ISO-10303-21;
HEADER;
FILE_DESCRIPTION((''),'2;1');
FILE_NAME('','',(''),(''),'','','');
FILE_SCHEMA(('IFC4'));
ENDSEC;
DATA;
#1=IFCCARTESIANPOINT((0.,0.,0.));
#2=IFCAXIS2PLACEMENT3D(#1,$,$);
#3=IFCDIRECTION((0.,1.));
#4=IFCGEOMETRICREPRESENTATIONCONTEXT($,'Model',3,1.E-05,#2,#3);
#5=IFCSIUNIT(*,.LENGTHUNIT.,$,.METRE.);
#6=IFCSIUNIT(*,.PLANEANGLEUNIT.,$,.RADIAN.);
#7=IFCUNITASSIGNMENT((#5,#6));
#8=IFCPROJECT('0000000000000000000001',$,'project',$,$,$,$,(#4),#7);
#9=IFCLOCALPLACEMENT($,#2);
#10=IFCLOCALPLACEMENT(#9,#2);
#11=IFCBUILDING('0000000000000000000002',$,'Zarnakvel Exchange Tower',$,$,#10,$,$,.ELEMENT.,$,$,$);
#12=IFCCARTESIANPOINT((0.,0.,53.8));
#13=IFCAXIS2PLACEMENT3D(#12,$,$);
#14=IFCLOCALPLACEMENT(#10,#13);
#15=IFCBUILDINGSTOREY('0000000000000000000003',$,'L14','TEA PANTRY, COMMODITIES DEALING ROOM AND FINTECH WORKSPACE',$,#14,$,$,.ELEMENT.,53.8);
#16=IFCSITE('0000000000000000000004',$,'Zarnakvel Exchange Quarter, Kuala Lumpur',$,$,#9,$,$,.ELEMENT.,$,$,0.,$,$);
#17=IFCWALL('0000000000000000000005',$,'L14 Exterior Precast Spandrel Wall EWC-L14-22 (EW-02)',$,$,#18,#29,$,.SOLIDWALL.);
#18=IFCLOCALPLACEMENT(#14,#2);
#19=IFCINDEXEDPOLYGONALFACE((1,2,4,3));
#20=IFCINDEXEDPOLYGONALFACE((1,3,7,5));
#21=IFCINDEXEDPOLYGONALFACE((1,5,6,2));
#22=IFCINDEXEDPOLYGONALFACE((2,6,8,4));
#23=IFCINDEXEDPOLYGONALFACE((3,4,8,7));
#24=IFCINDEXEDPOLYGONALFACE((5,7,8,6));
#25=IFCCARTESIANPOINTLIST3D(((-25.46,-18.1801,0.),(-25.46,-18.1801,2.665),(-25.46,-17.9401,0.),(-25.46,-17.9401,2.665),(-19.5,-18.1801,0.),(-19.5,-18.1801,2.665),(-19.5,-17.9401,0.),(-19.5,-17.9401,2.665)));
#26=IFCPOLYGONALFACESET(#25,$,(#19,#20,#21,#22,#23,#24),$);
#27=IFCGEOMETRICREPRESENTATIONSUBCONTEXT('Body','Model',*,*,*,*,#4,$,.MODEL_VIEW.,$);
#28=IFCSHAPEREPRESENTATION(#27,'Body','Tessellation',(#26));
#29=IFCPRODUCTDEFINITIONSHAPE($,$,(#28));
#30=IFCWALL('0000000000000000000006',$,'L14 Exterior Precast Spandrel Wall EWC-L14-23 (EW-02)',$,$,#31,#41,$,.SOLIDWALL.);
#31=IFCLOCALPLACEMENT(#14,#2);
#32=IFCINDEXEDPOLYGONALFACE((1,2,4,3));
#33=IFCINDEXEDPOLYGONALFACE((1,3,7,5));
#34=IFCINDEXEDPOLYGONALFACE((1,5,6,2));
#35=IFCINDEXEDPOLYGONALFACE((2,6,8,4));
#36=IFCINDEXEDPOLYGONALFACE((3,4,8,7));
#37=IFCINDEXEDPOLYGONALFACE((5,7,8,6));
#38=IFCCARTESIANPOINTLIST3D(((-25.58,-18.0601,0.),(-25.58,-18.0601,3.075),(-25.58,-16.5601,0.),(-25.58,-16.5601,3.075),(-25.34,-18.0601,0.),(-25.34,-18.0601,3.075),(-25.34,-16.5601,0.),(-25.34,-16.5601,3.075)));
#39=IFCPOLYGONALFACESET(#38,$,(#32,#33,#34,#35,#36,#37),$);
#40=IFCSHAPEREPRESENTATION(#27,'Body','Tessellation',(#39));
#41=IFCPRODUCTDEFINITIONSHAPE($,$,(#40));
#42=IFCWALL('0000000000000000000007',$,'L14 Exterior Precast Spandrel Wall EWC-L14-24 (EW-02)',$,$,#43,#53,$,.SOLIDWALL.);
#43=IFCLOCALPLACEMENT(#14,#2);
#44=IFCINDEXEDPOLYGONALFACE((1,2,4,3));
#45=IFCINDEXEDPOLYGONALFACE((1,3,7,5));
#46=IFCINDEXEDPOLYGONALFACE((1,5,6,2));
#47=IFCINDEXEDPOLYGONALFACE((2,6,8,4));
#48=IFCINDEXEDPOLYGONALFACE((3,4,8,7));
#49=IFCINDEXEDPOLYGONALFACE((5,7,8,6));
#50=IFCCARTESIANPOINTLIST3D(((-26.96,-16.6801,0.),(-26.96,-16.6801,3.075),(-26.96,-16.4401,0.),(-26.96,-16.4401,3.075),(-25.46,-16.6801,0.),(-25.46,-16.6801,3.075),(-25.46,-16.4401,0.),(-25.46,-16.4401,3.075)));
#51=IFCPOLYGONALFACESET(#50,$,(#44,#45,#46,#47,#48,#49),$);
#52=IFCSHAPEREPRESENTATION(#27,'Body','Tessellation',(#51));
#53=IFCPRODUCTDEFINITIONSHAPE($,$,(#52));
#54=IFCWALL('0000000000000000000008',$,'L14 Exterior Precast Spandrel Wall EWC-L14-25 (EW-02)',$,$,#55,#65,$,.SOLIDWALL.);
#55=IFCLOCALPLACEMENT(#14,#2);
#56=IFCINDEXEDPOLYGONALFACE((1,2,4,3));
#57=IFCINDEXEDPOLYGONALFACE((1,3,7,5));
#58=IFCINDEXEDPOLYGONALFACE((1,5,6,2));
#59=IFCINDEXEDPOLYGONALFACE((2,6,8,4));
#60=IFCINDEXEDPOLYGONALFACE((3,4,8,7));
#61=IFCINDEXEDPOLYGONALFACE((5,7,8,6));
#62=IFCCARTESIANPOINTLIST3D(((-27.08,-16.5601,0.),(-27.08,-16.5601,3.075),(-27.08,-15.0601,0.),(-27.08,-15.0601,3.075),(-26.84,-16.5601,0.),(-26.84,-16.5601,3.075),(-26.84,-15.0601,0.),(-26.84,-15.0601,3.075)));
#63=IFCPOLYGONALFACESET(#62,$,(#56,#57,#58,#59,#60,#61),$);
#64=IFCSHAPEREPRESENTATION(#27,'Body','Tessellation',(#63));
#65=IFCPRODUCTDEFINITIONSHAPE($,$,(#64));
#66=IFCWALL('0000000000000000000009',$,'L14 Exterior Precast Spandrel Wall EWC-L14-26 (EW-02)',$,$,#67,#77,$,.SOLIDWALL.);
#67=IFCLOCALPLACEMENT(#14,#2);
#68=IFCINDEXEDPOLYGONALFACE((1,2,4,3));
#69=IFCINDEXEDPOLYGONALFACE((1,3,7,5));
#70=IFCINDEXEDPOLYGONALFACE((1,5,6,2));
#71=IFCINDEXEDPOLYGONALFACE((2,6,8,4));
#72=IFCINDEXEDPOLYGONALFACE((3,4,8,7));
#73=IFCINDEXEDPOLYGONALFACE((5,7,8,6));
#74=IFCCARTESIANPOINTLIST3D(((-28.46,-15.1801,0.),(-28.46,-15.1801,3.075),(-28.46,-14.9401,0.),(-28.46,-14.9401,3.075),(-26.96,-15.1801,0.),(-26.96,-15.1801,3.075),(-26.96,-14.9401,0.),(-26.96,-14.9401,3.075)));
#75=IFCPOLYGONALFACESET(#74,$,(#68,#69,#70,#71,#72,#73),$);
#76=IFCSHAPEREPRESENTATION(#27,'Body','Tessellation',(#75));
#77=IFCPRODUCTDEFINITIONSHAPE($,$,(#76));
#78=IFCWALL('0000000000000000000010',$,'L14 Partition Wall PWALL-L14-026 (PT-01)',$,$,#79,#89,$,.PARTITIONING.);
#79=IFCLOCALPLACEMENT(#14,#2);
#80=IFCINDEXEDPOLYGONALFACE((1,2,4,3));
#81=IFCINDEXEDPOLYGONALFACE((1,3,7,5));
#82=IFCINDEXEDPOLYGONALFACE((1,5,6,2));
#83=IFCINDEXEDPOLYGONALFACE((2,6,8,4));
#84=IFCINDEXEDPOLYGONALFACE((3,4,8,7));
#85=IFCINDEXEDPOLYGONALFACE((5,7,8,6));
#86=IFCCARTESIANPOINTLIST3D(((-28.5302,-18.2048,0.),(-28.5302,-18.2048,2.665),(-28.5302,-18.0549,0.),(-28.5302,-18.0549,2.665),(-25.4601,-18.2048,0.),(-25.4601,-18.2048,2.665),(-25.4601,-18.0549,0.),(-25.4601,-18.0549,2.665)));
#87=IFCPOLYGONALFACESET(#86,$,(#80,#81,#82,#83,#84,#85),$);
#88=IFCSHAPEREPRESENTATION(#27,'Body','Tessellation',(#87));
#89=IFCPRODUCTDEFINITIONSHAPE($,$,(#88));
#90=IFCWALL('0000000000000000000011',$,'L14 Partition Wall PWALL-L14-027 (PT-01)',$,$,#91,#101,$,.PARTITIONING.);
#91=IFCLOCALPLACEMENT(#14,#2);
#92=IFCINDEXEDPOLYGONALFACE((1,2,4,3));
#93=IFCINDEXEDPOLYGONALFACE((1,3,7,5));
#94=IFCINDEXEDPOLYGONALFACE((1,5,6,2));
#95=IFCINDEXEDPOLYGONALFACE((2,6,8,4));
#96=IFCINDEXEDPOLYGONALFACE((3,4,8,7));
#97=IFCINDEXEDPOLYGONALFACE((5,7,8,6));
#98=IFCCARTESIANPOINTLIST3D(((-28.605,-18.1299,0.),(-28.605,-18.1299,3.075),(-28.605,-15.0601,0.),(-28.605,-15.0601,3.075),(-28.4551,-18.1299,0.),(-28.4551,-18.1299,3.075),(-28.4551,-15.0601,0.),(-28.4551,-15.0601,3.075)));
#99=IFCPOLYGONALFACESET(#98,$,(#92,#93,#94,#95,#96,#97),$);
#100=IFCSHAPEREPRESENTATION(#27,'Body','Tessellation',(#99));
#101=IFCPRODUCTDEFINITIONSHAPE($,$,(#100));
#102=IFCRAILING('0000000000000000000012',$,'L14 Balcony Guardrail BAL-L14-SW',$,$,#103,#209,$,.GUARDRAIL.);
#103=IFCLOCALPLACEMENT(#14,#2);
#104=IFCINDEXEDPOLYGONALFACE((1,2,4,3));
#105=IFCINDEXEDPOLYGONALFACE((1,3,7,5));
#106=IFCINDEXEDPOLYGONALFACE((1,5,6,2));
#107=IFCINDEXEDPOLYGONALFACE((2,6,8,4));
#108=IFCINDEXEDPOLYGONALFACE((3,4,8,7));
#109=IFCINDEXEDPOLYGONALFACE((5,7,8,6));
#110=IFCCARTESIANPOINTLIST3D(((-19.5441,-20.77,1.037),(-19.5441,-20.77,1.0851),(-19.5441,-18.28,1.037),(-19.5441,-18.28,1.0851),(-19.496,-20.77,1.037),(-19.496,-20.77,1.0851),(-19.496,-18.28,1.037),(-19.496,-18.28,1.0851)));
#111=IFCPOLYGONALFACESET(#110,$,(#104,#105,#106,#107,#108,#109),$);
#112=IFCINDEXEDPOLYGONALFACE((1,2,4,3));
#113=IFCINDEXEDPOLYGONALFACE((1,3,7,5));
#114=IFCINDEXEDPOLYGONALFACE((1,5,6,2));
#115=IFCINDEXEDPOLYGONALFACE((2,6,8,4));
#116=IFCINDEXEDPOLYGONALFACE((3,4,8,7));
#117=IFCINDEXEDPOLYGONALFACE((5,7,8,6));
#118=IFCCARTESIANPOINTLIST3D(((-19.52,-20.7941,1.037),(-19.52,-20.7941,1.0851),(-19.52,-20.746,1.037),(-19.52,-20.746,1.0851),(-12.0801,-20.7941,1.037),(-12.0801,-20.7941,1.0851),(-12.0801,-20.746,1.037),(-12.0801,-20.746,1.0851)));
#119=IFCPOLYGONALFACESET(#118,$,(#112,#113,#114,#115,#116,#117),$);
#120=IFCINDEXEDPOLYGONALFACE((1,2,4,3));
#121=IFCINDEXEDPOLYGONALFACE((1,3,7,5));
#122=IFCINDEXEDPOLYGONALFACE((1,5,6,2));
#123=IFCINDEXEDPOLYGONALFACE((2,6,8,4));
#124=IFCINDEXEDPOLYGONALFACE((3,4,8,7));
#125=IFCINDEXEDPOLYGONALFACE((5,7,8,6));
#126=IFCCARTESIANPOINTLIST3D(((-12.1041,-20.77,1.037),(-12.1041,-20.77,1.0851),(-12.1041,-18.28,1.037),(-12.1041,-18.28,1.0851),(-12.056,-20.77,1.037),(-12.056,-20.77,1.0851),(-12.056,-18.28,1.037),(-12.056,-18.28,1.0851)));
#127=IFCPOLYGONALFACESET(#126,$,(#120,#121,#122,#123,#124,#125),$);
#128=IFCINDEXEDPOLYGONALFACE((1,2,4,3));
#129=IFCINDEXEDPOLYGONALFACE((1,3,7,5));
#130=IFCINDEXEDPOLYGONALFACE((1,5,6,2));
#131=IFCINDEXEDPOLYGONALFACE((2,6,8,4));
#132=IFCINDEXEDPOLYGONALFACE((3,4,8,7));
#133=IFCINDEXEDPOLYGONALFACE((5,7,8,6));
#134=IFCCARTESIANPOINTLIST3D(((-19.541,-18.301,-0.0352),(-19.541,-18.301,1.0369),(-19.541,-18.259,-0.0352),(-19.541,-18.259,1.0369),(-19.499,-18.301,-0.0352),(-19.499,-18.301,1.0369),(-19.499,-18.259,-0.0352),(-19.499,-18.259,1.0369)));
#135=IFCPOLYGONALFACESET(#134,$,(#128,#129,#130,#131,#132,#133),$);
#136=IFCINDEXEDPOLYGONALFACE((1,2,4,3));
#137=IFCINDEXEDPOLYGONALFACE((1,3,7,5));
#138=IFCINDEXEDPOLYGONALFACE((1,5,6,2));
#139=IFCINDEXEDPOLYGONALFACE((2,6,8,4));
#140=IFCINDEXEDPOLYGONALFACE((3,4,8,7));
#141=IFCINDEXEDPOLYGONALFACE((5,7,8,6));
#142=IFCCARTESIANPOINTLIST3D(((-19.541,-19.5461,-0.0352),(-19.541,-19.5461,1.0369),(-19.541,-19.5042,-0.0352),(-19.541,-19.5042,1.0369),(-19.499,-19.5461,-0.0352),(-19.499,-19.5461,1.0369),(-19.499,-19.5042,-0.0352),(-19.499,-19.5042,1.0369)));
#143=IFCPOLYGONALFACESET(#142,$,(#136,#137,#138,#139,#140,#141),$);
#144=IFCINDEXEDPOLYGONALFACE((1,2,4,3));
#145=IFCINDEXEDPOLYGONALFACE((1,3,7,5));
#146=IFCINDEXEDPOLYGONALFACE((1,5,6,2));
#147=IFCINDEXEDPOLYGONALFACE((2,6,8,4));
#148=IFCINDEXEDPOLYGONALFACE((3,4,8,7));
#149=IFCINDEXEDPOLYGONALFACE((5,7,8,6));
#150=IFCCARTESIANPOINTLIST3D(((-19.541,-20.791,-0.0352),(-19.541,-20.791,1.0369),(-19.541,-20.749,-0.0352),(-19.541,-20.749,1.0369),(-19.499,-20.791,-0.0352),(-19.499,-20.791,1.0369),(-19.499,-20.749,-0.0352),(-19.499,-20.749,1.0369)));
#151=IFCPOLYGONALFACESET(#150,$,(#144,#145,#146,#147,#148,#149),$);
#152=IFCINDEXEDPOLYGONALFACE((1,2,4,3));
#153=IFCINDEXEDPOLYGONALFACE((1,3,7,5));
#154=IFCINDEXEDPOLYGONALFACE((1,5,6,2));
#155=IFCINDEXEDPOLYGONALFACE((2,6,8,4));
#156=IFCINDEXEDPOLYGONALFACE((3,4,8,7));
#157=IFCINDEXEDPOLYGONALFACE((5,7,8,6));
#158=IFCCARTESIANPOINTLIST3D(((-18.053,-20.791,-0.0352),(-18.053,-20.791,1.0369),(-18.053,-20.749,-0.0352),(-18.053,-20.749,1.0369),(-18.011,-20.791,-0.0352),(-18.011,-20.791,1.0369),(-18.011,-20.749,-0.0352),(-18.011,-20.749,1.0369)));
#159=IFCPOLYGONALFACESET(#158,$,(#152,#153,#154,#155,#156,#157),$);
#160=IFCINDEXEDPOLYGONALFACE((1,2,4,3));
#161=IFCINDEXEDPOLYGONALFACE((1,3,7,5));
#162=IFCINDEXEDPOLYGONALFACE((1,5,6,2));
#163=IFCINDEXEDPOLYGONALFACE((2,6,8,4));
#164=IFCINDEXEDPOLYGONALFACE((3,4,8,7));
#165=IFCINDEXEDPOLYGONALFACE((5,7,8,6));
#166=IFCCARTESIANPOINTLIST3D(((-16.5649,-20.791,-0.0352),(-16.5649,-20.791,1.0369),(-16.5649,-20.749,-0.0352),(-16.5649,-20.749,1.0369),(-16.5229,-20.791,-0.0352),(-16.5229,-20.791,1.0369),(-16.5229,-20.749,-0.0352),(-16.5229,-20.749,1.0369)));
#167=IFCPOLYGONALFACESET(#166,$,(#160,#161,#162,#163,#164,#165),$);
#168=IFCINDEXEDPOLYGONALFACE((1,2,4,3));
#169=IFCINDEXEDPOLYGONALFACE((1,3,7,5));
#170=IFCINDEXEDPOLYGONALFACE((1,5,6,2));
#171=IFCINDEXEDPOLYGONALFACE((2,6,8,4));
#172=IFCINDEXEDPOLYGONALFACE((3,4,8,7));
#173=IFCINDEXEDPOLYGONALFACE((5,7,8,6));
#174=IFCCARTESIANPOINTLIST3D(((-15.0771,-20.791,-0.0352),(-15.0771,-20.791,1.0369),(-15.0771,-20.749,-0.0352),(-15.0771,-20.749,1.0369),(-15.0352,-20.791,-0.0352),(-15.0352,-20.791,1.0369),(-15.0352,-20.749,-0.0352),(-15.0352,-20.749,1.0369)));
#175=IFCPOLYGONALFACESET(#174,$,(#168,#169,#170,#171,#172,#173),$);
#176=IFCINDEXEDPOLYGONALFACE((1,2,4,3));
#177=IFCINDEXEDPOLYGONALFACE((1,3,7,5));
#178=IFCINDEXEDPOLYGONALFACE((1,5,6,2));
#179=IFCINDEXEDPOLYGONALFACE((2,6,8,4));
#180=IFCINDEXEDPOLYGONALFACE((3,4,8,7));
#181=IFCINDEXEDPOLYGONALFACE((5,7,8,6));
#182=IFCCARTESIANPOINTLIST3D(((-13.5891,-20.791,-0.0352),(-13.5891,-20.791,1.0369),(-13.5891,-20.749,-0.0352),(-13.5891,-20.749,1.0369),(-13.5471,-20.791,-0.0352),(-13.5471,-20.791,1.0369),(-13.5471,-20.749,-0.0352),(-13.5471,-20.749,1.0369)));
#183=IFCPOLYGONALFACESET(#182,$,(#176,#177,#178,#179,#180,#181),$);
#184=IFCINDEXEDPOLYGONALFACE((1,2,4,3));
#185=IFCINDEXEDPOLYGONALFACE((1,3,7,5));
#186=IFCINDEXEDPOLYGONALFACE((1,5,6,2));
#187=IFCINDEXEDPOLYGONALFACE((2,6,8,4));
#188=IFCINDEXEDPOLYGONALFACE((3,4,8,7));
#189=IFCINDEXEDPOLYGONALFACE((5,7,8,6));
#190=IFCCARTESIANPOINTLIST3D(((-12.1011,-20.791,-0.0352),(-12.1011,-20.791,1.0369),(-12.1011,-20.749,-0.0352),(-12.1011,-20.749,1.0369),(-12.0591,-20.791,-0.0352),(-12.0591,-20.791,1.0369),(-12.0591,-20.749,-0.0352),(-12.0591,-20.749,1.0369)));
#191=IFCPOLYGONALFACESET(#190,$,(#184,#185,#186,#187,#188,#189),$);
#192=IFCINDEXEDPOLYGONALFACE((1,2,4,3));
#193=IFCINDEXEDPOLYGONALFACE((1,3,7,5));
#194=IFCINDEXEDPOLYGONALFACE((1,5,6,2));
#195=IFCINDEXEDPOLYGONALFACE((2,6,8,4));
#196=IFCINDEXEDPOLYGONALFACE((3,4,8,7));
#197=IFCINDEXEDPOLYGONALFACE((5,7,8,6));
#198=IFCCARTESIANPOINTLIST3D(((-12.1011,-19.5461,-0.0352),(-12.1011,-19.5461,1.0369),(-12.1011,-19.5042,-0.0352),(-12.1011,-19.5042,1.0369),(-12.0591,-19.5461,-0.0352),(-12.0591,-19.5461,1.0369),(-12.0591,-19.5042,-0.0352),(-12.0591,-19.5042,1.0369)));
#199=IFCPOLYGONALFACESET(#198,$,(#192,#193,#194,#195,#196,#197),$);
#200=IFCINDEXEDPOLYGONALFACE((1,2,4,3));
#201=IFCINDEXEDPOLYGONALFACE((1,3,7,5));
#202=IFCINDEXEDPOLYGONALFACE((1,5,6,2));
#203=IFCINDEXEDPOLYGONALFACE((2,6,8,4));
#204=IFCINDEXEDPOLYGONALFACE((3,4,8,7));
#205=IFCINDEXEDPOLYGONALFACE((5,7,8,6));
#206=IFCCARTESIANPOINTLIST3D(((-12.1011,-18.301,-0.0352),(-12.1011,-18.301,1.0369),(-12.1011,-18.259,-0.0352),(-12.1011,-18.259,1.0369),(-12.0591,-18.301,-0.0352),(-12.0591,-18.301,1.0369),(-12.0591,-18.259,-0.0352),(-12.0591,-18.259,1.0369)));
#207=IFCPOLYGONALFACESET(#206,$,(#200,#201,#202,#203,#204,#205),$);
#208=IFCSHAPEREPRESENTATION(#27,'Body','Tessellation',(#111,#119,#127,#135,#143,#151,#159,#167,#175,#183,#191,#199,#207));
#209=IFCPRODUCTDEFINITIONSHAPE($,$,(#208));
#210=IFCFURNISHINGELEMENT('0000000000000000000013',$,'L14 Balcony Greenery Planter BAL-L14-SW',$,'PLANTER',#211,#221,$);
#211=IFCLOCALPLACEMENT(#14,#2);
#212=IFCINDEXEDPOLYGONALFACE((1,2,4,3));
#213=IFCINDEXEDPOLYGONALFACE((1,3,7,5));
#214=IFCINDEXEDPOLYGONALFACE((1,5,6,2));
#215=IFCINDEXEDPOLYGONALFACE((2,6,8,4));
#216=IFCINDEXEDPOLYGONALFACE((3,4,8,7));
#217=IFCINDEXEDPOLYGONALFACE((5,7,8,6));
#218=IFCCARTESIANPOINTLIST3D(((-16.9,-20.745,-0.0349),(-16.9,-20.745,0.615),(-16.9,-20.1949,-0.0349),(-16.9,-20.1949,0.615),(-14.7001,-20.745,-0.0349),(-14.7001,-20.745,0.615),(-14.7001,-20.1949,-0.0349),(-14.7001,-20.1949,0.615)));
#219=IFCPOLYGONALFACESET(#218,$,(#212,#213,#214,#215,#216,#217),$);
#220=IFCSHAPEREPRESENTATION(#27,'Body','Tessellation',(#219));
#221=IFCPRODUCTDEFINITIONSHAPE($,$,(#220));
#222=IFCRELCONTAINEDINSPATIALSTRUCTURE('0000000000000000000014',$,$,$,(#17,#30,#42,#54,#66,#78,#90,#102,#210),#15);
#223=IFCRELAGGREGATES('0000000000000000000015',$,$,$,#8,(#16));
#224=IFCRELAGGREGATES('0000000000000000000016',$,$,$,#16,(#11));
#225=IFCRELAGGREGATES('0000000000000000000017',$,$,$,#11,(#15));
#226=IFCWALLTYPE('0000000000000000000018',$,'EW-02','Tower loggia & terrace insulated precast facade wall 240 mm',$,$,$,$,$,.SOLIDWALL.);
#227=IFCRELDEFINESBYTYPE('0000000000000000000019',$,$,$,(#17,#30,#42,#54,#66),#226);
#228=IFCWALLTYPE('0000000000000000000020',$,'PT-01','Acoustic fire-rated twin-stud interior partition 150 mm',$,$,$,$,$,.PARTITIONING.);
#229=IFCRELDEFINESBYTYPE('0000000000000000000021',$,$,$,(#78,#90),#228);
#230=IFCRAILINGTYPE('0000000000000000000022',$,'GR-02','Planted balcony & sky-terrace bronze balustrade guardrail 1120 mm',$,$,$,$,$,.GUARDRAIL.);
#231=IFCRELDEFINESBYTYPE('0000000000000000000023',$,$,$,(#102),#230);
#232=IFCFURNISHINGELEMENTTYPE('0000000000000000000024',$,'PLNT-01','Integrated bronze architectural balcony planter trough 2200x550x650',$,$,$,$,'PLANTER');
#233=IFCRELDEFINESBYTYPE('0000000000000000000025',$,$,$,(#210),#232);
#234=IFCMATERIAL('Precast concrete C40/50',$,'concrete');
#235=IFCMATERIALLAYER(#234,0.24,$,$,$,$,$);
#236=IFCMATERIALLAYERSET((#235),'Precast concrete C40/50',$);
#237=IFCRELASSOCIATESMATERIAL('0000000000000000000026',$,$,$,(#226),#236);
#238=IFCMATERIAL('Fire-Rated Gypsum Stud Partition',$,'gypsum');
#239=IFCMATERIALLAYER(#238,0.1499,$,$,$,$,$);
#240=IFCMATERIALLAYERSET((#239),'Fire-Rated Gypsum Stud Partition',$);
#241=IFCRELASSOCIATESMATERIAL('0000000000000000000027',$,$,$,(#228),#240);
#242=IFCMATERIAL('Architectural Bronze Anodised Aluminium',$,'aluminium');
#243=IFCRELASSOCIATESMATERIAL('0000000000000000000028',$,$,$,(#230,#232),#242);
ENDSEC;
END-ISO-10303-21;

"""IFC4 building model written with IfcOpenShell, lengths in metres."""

from ifc_helpers import new_model, si_unit, direction, frame, frame_2d, origin, origin_2d, place, context, subcontext, project, spatial, rectangle, extrude, source, transform, mapped, material, layer, layer_set, type_object, element, save


model = new_model("IFC4")

# Units and contexts
model_context = context("Model", 3, precision=1e-05, world=origin(), true_north=direction((0.0, 1.0)))
body_context = subcontext(model_context, "Body", "Model", "MODEL_VIEW")
ifc_project = project(units=[si_unit("LENGTHUNIT", "METRE"), si_unit("PLANEANGLEUNIT", "RADIAN")], contexts=[model_context])

# Site, building, storey
site_placement = place(None, origin())
site = spatial("IfcSite", under=ifc_project, at=site_placement, Name="Zarnakvel Exchange Quarter, Kuala Lumpur", CompositionType="ELEMENT", RefElevation=0.0)
building_placement = place(site_placement, origin())
building = spatial("IfcBuilding", under=site, at=building_placement, Name="Zarnakvel Exchange Tower", CompositionType="ELEMENT")
storey_placement = place(building_placement, frame((0.0, 0.0, 53.8)))
storey = spatial("IfcBuildingStorey", under=building, at=storey_placement, Name="L14", Description="TEA PANTRY, COMMODITIES DEALING ROOM AND FINTECH WORKSPACE", CompositionType="ELEMENT", Elevation=53.8)

# Walls
ifc_material_1 = material(Name="Precast concrete C40/50", Category="concrete")
ifc_layer_1 = layer(ifc_material_1, 0.24)
ifc_layer_set_1 = layer_set([ifc_layer_1], Name="Precast concrete C40/50")
wall_type_1 = type_object("IfcWallType", Name="EW-02", Description="Tower loggia & terrace insulated precast facade wall 240 mm", PredefinedType="SOLIDWALL", material=ifc_layer_set_1)
wall_1_placement = place(storey_placement, frame((-25.46, -18.0601, 0.0), z_axis=(0.0, 0.0, 1.0), x_axis=(1.0, 0.0, 0.0)))
element("IfcWall", 1, at=wall_1_placement, inside=storey, type_object=wall_type_1, Name="L14 Exterior Precast Spandrel Wall EWC-L14-22 (EW-02)", PredefinedType="SOLIDWALL", context=body_context, shape_type="SweptSolid", body=[
    extrude(rectangle(XDim=5.96, YDim=0.24, at=frame_2d((2.98, 0.0))), origin(), (0.0, 0.0, 1.0), 2.665),
])
for number, where, z_axis, x_axis, name in (
    (2, (-25.46, -16.5601, 0.0), (0.0, 0.0, 1.0), (0.0, -1.0, 0.0), "L14 Exterior Precast Spandrel Wall EWC-L14-23 (EW-02)"),
    (3, (-26.96, -16.5601, 0.0), (0.0, 0.0, 1.0), (1.0, 0.0, 0.0), "L14 Exterior Precast Spandrel Wall EWC-L14-24 (EW-02)"),
    (4, (-26.96, -15.0601, 0.0), (0.0, 0.0, 1.0), (0.0, -1.0, 0.0), "L14 Exterior Precast Spandrel Wall EWC-L14-25 (EW-02)"),
    (5, (-28.46, -15.0601, 0.0), (0.0, 0.0, 1.0), (1.0, 0.0, 0.0), "L14 Exterior Precast Spandrel Wall EWC-L14-26 (EW-02)"),
):
    element("IfcWall", number, at=place(storey_placement, frame(where, z_axis=z_axis, x_axis=x_axis)), inside=storey, type_object=wall_type_1, Name=name, PredefinedType="SOLIDWALL", context=body_context, shape_type="SweptSolid", body=[
        extrude(rectangle(XDim=1.5, YDim=0.24, at=frame_2d((0.75, 0.0))), origin(), (0.0, 0.0, 1.0), 3.075),
    ])
ifc_material_2 = material(Name="Fire-Rated Gypsum Stud Partition", Category="gypsum")
ifc_layer_2 = layer(ifc_material_2, 0.1499)
ifc_layer_set_2 = layer_set([ifc_layer_2], Name="Fire-Rated Gypsum Stud Partition")
wall_type_2 = type_object("IfcWallType", Name="PT-01", Description="Acoustic fire-rated twin-stud interior partition 150 mm", PredefinedType="PARTITIONING", material=ifc_layer_set_2)
wall_2_placement = place(storey_placement, frame((-25.46, -18.1299, 0.0), z_axis=(0.0, 0.0, 1.0), x_axis=(-1.0, 0.0, 0.0)))
element("IfcWall", 6, at=wall_2_placement, inside=storey, type_object=wall_type_2, Name="L14 Partition Wall PWALL-L14-026 (PT-01)", PredefinedType="PARTITIONING", context=body_context, shape_type="SweptSolid", body=[
    extrude(rectangle(XDim=3.0701, YDim=0.1499, at=frame_2d((1.5352, 0.0))), origin(), (0.0, 0.0, 1.0), 2.665),
])
wall_3_placement = place(storey_placement, frame((-28.53, -18.1299, 0.0), z_axis=(0.0, 0.0, 1.0), x_axis=(0.0, 1.0, 0.0)))
element("IfcWall", 7, at=wall_3_placement, inside=storey, type_object=wall_type_2, Name="L14 Partition Wall PWALL-L14-027 (PT-01)", PredefinedType="PARTITIONING", context=body_context, shape_type="SweptSolid", body=[
    extrude(rectangle(XDim=3.0698, YDim=0.1499, at=frame_2d((1.5349, 0.0))), origin(), (0.0, 0.0, 1.0), 3.075),
])

# Railing
ifc_material_3 = material(Name="Architectural Bronze Anodised Aluminium", Category="aluminium")
railing_type = type_object("IfcRailingType", Name="GR-02", Description="Planted balcony & sky-terrace bronze balustrade guardrail 1120 mm", PredefinedType="GUARDRAIL", material=ifc_material_3)
railing_placement = place(storey_placement, frame((-19.52, -18.28, -0.0352)))
element("IfcRailing", 8, at=railing_placement, inside=storey, type_object=railing_type, Name="L14 Balcony Guardrail BAL-L14-SW", PredefinedType="GUARDRAIL", context=body_context, shape_type="SweptSolid", body=[
    extrude(rectangle(XDim=0.0481, YDim=0.0481, at=origin_2d()), frame((0.0, 0.0, 1.0962), z_axis=(0.0, -1.0, 0.0), x_axis=(1.0, 0.0, 0.0)), (0.0, 0.0, 1.0), 2.49),
    extrude(rectangle(XDim=0.0481, YDim=0.0481, at=origin_2d()), frame((0.0, -2.49, 1.0962), z_axis=(1.0, 0.0, 0.0), x_axis=(0.0, 1.0, 0.0)), (0.0, 0.0, 1.0), 7.4399),
    extrude(rectangle(XDim=0.0481, YDim=0.0481, at=origin_2d()), frame((7.4399, -2.49, 1.0962), z_axis=(0.0, 1.0, 0.0), x_axis=(-1.0, 0.0, 0.0)), (0.0, 0.0, 1.0), 2.49),
    extrude(rectangle(XDim=0.042, YDim=0.042, at=origin_2d()), origin(), (0.0, 0.0, 1.0), 1.072),
    extrude(rectangle(XDim=0.042, YDim=0.042, at=origin_2d()), frame((0.0, -1.2451, 0.0)), (0.0, 0.0, 1.0), 1.072),
    extrude(rectangle(XDim=0.042, YDim=0.042, at=origin_2d()), frame((0.0, -2.49, 0.0)), (0.0, 0.0, 1.0), 1.072),
    extrude(rectangle(XDim=0.042, YDim=0.042, at=origin_2d()), frame((1.488, -2.49, 0.0)), (0.0, 0.0, 1.0), 1.072),
    extrude(rectangle(XDim=0.042, YDim=0.042, at=origin_2d()), frame((2.9761, -2.49, 0.0)), (0.0, 0.0, 1.0), 1.072),
    extrude(rectangle(XDim=0.042, YDim=0.042, at=origin_2d()), frame((4.4639, -2.49, 0.0)), (0.0, 0.0, 1.0), 1.072),
    extrude(rectangle(XDim=0.042, YDim=0.042, at=origin_2d()), frame((5.9519, -2.49, 0.0)), (0.0, 0.0, 1.0), 1.072),
    extrude(rectangle(XDim=0.042, YDim=0.042, at=origin_2d()), frame((7.4399, -2.49, 0.0)), (0.0, 0.0, 1.0), 1.072),
    extrude(rectangle(XDim=0.042, YDim=0.042, at=origin_2d()), frame((7.4399, -1.2451, 0.0)), (0.0, 0.0, 1.0), 1.072),
    extrude(rectangle(XDim=0.042, YDim=0.042, at=origin_2d()), frame((7.4399, 0.0, 0.0)), (0.0, 0.0, 1.0), 1.072),
])

# Furnishing element
furnishing_element_type = type_object("IfcFurnishingElementType", Name="PLNT-01", Description="Integrated bronze architectural balcony planter trough 2200x550x650", ElementType="PLANTER", material=ifc_material_3)
shared_shape = source(origin(), body_context, "Body", "SweptSolid", [
    extrude(rectangle(XDim=2.2, YDim=0.55, at=origin_2d()), origin(), (0.0, 0.0, 1.0), 0.6499),
])
furnishing_placement = place(storey_placement, frame((-15.8, -20.47, -0.0349), z_axis=(0.0, 0.0, 1.0), x_axis=(1.0, 0.0, 0.0)))
element("IfcFurnishingElement", 9, at=furnishing_placement, inside=storey, type_object=furnishing_element_type, Name="L14 Balcony Greenery Planter BAL-L14-SW", ObjectType="PLANTER", context=body_context, shape_type="MappedRepresentation", body=[
    mapped(shared_shape, transform((0.0, 0.0, 0.0), x_axis=(1.0, 0.0, 0.0), y_axis=(0.0, 1.0, 0.0), z_axis=(0.0, 0.0, 1.0), scale=1.0)),
])

save(model, "model.ifc")
